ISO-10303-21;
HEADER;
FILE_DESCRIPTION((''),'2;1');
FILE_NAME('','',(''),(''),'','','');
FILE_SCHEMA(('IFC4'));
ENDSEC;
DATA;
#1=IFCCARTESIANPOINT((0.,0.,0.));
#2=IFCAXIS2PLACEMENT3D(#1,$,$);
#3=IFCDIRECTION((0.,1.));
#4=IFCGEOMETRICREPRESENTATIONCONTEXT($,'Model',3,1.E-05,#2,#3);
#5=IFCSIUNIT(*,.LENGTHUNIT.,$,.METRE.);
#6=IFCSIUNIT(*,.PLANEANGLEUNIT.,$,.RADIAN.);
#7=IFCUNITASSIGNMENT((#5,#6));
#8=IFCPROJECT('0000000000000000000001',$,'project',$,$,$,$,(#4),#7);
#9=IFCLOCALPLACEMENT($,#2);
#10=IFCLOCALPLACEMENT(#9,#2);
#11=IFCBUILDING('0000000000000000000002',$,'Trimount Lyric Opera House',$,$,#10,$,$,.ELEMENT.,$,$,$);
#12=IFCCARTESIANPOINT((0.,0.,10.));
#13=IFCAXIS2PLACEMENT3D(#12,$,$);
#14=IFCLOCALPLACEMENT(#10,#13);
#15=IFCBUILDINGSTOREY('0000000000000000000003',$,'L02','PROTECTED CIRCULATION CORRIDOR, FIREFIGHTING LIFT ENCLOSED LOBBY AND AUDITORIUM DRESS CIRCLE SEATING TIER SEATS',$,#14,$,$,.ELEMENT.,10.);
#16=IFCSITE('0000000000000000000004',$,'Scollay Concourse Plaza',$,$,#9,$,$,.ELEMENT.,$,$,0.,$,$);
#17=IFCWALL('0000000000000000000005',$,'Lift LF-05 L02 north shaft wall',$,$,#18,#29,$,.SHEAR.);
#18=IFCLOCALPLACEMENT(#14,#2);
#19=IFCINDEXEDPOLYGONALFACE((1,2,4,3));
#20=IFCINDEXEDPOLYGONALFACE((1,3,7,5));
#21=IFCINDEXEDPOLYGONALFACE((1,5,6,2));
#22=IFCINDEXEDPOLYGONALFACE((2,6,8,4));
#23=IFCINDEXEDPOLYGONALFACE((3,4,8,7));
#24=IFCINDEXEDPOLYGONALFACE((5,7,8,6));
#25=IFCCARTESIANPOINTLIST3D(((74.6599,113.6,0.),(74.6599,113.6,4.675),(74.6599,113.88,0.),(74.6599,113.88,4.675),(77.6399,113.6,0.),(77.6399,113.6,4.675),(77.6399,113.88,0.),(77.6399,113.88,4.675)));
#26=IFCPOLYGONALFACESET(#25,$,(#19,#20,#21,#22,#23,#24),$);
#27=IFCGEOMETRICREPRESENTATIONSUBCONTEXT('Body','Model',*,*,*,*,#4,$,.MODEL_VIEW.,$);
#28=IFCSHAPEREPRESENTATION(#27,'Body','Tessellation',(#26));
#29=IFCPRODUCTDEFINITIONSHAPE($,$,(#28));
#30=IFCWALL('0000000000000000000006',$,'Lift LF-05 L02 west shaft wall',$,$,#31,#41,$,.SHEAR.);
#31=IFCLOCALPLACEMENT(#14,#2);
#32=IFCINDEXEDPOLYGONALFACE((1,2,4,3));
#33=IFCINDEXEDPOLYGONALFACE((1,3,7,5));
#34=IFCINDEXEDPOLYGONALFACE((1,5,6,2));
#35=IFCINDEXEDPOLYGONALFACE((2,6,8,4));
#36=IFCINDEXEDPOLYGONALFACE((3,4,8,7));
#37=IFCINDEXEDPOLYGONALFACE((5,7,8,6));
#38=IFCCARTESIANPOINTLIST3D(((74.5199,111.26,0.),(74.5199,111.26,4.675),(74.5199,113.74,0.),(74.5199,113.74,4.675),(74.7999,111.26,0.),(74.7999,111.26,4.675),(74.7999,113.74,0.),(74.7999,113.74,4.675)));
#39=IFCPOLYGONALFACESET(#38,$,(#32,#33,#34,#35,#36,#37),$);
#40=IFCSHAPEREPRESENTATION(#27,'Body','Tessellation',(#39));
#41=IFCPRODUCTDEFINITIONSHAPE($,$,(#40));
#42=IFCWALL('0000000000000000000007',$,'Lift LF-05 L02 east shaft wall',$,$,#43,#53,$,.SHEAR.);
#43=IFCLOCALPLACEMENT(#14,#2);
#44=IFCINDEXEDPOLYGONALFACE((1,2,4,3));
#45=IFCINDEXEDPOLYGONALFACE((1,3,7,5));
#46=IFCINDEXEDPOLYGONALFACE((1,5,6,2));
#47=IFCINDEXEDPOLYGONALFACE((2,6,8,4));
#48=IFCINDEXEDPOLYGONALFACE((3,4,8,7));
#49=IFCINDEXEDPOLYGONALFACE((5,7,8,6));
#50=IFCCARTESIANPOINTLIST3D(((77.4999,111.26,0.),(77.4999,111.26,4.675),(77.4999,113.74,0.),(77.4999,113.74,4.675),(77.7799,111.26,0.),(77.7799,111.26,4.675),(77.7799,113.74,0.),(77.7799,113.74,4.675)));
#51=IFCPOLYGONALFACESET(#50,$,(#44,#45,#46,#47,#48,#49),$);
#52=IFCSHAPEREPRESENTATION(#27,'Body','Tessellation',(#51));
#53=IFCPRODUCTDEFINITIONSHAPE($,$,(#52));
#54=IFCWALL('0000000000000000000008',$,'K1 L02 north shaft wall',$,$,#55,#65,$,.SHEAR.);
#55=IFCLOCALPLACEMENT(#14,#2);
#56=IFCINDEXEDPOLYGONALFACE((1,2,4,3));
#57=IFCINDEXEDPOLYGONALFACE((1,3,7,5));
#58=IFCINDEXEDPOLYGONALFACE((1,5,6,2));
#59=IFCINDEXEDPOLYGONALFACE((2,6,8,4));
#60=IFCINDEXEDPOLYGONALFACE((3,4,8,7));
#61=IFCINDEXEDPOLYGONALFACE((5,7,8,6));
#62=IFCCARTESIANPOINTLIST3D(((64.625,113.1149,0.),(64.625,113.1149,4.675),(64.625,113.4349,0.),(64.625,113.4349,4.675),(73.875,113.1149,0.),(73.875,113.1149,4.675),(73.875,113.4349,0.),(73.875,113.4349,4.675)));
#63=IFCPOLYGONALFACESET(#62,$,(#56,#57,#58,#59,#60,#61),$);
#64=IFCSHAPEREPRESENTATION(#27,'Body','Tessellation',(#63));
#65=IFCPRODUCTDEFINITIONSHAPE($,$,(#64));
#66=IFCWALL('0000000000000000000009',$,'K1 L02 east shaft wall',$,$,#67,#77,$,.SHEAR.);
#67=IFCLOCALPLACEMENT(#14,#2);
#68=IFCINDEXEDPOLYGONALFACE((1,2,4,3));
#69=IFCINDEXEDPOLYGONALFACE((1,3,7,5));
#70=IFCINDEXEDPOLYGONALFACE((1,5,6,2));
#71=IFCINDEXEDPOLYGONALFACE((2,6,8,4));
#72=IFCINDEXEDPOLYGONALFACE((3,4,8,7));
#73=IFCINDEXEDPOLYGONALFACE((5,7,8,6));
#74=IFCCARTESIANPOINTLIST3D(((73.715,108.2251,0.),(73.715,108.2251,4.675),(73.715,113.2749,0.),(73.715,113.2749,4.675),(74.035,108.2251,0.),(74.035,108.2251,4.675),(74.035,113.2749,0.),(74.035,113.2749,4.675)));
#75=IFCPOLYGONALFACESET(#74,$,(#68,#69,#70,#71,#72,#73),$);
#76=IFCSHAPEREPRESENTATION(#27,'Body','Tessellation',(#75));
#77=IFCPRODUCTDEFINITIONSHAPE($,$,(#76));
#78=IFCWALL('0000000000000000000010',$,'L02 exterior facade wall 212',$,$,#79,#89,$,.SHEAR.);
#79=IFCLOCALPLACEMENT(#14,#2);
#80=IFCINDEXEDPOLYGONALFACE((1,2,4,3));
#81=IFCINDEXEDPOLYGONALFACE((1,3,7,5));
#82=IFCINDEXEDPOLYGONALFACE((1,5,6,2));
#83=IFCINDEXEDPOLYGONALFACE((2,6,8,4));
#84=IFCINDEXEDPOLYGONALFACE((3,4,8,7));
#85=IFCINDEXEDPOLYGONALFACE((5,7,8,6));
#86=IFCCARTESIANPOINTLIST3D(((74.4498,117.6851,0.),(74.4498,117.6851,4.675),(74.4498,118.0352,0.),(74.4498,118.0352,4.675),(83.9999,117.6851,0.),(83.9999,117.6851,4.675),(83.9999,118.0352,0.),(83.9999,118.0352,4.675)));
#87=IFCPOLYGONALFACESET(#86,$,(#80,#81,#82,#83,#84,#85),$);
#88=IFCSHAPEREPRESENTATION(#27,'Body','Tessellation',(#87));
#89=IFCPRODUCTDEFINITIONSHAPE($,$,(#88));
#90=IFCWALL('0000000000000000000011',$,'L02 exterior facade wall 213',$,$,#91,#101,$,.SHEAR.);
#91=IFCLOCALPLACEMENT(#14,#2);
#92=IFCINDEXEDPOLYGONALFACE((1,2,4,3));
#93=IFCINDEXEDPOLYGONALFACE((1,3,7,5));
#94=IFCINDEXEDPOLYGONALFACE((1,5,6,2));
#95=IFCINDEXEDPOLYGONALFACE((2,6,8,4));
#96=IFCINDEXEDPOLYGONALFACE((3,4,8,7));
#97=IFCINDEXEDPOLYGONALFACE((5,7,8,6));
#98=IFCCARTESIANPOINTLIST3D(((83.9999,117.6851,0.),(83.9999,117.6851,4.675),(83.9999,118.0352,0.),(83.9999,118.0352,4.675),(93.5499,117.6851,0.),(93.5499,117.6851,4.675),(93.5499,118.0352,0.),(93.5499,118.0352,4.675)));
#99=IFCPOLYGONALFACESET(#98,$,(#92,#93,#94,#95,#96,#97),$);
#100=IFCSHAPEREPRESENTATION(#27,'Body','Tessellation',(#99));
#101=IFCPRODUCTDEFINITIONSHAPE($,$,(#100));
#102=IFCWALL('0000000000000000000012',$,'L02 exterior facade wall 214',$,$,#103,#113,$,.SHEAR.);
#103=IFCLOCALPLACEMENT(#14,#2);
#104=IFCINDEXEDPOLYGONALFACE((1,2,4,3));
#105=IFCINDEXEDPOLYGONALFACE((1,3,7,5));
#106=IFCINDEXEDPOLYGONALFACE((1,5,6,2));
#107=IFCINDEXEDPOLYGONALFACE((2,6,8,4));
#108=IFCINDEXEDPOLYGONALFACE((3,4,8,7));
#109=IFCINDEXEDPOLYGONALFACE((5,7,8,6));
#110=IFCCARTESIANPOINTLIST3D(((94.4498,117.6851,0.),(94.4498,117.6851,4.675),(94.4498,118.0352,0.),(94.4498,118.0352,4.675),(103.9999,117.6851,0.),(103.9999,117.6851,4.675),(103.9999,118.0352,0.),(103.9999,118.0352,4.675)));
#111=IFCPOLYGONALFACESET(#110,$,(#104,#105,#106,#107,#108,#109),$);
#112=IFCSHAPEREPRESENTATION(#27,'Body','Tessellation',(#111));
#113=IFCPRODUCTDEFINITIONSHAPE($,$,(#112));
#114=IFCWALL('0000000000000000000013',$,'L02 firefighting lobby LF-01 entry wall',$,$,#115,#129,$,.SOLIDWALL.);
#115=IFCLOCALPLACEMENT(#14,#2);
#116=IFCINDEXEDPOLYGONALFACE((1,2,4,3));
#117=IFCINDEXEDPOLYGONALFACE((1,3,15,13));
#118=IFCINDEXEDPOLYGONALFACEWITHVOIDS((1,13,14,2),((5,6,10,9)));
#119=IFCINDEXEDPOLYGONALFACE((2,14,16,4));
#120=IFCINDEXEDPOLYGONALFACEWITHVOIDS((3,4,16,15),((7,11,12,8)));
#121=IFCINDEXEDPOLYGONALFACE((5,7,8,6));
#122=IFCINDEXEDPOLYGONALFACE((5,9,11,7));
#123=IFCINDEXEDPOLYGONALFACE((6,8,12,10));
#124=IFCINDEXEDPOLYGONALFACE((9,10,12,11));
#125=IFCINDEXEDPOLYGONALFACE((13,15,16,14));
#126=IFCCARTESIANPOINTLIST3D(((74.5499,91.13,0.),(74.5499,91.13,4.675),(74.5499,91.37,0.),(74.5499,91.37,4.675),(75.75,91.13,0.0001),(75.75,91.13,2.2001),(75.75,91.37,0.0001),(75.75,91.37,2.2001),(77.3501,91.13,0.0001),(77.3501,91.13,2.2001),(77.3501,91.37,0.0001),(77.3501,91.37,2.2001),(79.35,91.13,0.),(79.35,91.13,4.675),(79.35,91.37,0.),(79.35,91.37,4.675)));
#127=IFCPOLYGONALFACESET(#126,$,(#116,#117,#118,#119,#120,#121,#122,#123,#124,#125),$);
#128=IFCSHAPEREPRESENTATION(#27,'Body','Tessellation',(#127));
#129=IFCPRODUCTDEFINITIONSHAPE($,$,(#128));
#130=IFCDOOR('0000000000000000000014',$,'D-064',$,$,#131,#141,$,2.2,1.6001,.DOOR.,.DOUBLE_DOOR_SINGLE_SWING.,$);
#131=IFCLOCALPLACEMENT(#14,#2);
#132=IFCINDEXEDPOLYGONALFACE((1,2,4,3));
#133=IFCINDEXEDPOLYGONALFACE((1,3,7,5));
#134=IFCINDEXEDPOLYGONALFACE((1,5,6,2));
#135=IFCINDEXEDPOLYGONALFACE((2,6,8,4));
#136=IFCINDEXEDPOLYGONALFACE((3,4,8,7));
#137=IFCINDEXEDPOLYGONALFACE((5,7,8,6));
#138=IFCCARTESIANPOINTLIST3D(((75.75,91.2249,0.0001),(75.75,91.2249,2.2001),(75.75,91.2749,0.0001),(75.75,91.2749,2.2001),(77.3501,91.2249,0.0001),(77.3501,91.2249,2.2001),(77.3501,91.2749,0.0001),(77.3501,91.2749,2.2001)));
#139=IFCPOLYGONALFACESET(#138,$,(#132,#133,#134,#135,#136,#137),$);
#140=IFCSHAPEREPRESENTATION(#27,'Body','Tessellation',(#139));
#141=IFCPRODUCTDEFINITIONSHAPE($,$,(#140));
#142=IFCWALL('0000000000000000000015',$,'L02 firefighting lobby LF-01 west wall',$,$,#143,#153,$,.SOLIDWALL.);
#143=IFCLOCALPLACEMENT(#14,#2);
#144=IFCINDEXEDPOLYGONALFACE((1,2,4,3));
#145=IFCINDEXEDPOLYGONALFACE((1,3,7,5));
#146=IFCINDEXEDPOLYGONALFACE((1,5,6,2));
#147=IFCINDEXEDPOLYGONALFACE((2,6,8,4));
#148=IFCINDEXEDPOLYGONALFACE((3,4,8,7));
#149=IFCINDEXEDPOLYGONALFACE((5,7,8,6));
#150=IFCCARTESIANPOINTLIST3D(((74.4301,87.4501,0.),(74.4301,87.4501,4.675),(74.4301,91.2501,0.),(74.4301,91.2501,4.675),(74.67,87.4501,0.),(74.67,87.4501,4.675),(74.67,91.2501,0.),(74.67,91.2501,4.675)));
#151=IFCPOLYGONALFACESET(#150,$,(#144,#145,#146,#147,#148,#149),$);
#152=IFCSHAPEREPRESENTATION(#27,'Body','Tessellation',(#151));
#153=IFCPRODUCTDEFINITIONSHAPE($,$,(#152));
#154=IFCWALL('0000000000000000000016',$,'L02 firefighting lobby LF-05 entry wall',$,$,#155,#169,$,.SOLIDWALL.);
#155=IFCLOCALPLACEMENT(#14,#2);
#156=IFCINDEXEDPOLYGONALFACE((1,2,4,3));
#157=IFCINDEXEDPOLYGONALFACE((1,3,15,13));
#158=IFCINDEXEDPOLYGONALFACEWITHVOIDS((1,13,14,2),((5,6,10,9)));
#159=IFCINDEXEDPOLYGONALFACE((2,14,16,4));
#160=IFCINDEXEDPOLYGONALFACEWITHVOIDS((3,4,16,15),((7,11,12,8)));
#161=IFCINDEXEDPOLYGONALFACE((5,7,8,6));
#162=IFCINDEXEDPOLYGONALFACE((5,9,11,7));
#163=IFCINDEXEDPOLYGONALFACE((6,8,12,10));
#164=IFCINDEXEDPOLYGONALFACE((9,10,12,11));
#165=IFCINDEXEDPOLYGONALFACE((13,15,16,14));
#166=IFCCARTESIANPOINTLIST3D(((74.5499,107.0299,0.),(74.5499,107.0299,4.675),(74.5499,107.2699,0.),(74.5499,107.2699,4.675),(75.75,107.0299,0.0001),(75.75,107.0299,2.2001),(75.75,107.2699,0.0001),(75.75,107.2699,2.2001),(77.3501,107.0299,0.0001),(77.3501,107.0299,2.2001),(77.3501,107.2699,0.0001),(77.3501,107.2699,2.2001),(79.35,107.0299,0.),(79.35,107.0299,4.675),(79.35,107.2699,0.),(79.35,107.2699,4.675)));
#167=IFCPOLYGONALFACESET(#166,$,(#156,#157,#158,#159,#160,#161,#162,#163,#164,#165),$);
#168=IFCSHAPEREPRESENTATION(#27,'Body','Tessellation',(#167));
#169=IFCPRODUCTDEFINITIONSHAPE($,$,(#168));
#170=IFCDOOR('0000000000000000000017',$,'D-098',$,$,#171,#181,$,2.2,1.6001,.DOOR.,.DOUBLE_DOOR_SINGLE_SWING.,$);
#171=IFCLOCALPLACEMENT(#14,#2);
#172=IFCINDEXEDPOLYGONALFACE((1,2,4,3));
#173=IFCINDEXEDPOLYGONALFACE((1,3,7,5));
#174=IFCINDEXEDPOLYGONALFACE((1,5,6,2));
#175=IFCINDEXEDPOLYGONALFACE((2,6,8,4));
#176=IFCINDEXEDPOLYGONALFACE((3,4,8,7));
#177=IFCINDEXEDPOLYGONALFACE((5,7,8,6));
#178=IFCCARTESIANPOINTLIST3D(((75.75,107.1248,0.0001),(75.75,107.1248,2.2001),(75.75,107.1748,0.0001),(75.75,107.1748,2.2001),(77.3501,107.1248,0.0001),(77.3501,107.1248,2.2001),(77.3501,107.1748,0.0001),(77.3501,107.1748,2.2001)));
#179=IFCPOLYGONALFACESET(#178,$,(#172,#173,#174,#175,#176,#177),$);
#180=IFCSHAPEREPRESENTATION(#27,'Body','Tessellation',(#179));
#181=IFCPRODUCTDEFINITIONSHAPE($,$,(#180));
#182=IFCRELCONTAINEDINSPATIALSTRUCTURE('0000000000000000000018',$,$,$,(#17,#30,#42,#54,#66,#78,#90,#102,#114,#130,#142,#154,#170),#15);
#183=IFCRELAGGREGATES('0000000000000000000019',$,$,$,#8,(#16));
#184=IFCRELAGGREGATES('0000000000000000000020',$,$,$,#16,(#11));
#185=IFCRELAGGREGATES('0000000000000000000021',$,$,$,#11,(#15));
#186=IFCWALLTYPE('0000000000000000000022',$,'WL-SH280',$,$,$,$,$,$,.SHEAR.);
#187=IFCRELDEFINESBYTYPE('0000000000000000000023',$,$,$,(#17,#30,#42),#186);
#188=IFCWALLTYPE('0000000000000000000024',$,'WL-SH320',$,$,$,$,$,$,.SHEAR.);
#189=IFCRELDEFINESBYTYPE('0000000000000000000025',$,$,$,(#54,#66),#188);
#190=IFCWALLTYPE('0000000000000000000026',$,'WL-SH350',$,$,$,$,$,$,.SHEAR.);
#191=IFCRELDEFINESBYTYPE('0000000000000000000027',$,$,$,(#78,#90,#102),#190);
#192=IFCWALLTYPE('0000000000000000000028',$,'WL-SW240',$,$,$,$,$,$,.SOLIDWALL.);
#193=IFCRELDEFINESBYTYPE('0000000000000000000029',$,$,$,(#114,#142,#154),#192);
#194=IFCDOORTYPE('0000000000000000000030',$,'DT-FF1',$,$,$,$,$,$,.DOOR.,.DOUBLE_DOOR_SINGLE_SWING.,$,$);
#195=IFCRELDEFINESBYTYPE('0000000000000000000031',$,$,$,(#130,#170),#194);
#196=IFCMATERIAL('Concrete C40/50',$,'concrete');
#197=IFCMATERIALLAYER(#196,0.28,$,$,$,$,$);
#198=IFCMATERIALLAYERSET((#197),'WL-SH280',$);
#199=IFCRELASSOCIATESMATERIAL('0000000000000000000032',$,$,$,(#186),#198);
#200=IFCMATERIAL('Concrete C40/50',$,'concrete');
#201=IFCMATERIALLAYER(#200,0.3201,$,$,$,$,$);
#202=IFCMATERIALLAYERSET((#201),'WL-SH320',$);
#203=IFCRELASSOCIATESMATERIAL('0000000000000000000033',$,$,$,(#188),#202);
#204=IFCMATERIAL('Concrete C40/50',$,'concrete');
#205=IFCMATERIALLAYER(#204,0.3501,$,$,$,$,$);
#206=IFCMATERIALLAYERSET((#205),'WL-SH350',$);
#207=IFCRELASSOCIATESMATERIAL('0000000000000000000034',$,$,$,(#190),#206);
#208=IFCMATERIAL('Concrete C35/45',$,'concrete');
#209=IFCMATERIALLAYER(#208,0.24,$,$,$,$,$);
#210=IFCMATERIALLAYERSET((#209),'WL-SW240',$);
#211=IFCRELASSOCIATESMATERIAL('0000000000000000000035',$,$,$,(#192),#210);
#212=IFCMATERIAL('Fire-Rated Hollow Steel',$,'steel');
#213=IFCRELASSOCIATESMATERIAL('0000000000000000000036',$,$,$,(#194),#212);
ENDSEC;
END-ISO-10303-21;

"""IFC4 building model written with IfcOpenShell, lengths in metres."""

from ifc_helpers import new_model, si_unit, direction, frame, frame_2d, origin, place, context, subcontext, project, spatial, rectangle, extrude, material, layer, layer_set, type_object, element, fill, save


model = new_model("IFC4")

# Units and contexts
model_context = context("Model", 3, precision=1e-05, world=origin(), true_north=direction((0.0, 1.0)))
body_context = subcontext(model_context, "Body", "Model", "MODEL_VIEW")
ifc_project = project(units=[si_unit("LENGTHUNIT", "METRE"), si_unit("PLANEANGLEUNIT", "RADIAN")], contexts=[model_context])

# Site, building, storey
site_placement = place(None, origin())
site = spatial("IfcSite", under=ifc_project, at=site_placement, Name="Scollay Concourse Plaza", CompositionType="ELEMENT", RefElevation=0.0)
building_placement = place(site_placement, origin())
building = spatial("IfcBuilding", under=site, at=building_placement, Name="Trimount Lyric Opera House", CompositionType="ELEMENT")
storey_placement = place(building_placement, frame((0.0, 0.0, 10.0)))
storey = spatial("IfcBuildingStorey", under=building, at=storey_placement, Name="L02", Description="PROTECTED CIRCULATION CORRIDOR, FIREFIGHTING LIFT ENCLOSED LOBBY AND AUDITORIUM DRESS CIRCLE SEATING TIER SEATS", CompositionType="ELEMENT", Elevation=10.0)

# Shared definitions
ifc_material_1 = material(Name="Concrete C40/50", Category="concrete")
ifc_layer_1 = layer(ifc_material_1, 0.28)
ifc_layer_set_1 = layer_set([ifc_layer_1], Name="WL-SH280")
wall_type_1 = type_object("IfcWallType", Name="WL-SH280", PredefinedType="SHEAR", material=ifc_layer_set_1)

# Walls
wall_1_placement = place(storey_placement, frame((77.6399, 113.74, 0.0), z_axis=(0.0, 0.0, 1.0), x_axis=(-1.0, 0.0, 0.0)))
element("IfcWall", 1, at=wall_1_placement, inside=storey, type_object=wall_type_1, Name="Lift LF-05 L02 north shaft wall", PredefinedType="SHEAR", context=body_context, shape_type="SweptSolid", body=[
    extrude(rectangle(XDim=2.98, YDim=0.28, at=frame_2d((1.49, 0.0))), origin(), (0.0, 0.0, 1.0), 4.675),
])
for number, where, z_axis, x_axis, name in (
    (2, (74.6599, 113.74, 0.0), (0.0, 0.0, 1.0), (0.0, -1.0, 0.0), "Lift LF-05 L02 west shaft wall"),
    (3, (77.6399, 111.26, 0.0), (0.0, 0.0, 1.0), (0.0, 1.0, 0.0), "Lift LF-05 L02 east shaft wall"),
):
    element("IfcWall", number, at=place(storey_placement, frame(where, z_axis=z_axis, x_axis=x_axis)), inside=storey, type_object=wall_type_1, Name=name, PredefinedType="SHEAR", context=body_context, shape_type="SweptSolid", body=[
        extrude(rectangle(XDim=2.48, YDim=0.28, at=frame_2d((1.24, 0.0))), origin(), (0.0, 0.0, 1.0), 4.675),
    ])
ifc_material_2 = material(Name="Concrete C40/50", Category="concrete")
ifc_layer_2 = layer(ifc_material_2, 0.3201)
ifc_layer_set_2 = layer_set([ifc_layer_2], Name="WL-SH320")
wall_type_2 = type_object("IfcWallType", Name="WL-SH320", PredefinedType="SHEAR", material=ifc_layer_set_2)
wall_2_placement = place(storey_placement, frame((73.875, 113.2749, 0.0), z_axis=(0.0, 0.0, 1.0), x_axis=(-1.0, 0.0, 0.0)))
element("IfcWall", 4, at=wall_2_placement, inside=storey, type_object=wall_type_2, Name="K1 L02 north shaft wall", PredefinedType="SHEAR", context=body_context, shape_type="SweptSolid", body=[
    extrude(rectangle(XDim=9.25, YDim=0.3201, at=frame_2d((4.625, 0.0))), origin(), (0.0, 0.0, 1.0), 4.675),
])
wall_3_placement = place(storey_placement, frame((73.875, 108.2251, 0.0), z_axis=(0.0, 0.0, 1.0), x_axis=(0.0, 1.0, 0.0)))
element("IfcWall", 5, at=wall_3_placement, inside=storey, type_object=wall_type_2, Name="K1 L02 east shaft wall", PredefinedType="SHEAR", context=body_context, shape_type="SweptSolid", body=[
    extrude(rectangle(XDim=5.0498, YDim=0.3201, at=frame_2d((2.5249, 0.0))), origin(), (0.0, 0.0, 1.0), 4.675),
])
ifc_material_3 = material(Name="Concrete C40/50", Category="concrete")
ifc_layer_3 = layer(ifc_material_3, 0.3501)
ifc_layer_set_3 = layer_set([ifc_layer_3], Name="WL-SH350")
wall_type_3 = type_object("IfcWallType", Name="WL-SH350", PredefinedType="SHEAR", material=ifc_layer_set_3)
for number, where, z_axis, x_axis, name in (
    (6, (74.45, 117.8601, 0.0), (0.0, 0.0, 1.0), (1.0, 0.0, 0.0), "L02 exterior facade wall 212"),
    (7, (84.0, 117.8601, 0.0), (0.0, 0.0, 1.0), (1.0, 0.0, 0.0), "L02 exterior facade wall 213"),
    (8, (94.45, 117.8601, 0.0), (0.0, 0.0, 1.0), (1.0, 0.0, 0.0), "L02 exterior facade wall 214"),
):
    element("IfcWall", number, at=place(storey_placement, frame(where, z_axis=z_axis, x_axis=x_axis)), inside=storey, type_object=wall_type_3, Name=name, PredefinedType="SHEAR", context=body_context, shape_type="SweptSolid", body=[
        extrude(rectangle(XDim=9.55, YDim=0.3501, at=frame_2d((4.7749, 0.0))), origin(), (0.0, 0.0, 1.0), 4.675),
    ])

# Wall, opening, door
ifc_material_4 = material(Name="Concrete C35/45", Category="concrete")
ifc_layer_4 = layer(ifc_material_4, 0.24)
ifc_layer_set_4 = layer_set([ifc_layer_4], Name="WL-SW240")
wall_type_4 = type_object("IfcWallType", Name="WL-SW240", PredefinedType="SOLIDWALL", material=ifc_layer_set_4)
wall_4_placement = place(storey_placement, frame((74.55, 91.25, 0.0), z_axis=(0.0, 0.0, 1.0), x_axis=(1.0, 0.0, 0.0)))
wall_4 = element("IfcWall", 9, at=wall_4_placement, inside=storey, type_object=wall_type_4, Name="L02 firefighting lobby LF-01 entry wall", PredefinedType="SOLIDWALL", context=body_context, shape_type="SweptSolid", body=[
    extrude(rectangle(XDim=4.8, YDim=0.24, at=frame_2d((2.3999, 0.0))), origin(), (0.0, 0.0, 1.0), 4.675),
])
opening_1_placement = place(wall_4_placement, frame((1.2, 0.0, 0.0)))
opening_1 = element("IfcOpeningElement", 10, at=opening_1_placement, cuts=wall_4, PredefinedType="OPENING", context=body_context, shape_type="SweptSolid", body=[
    extrude(rectangle(XDim=1.6001, YDim=2.2, at=frame_2d((0.8, 1.1001))), frame((0.0, 0.1299, 0.0), z_axis=(0.0, -1.0, 0.0), x_axis=(1.0, 0.0, 0.0)), (0.0, 0.0, 1.0), 0.26),
])
ifc_material_5 = material(Name="Fire-Rated Hollow Steel", Category="steel")
door_type_1 = type_object("IfcDoorType", Name="DT-FF1", OperationType="DOUBLE_DOOR_SINGLE_SWING", PredefinedType="DOOR", material=ifc_material_5)
door_1_placement = place(opening_1_placement, origin())
door_1 = element("IfcDoor", 11, at=door_1_placement, inside=storey, type_object=door_type_1, Name="D-064", OperationType="DOUBLE_DOOR_SINGLE_SWING", OverallHeight=2.2, OverallWidth=1.6001, PredefinedType="DOOR", context=body_context, shape_type="SweptSolid", body=[
    extrude(rectangle(XDim=1.6001, YDim=2.2, at=frame_2d((0.8, 1.1001))), frame((0.0, 0.0249, 0.0), z_axis=(0.0, -1.0, 0.0), x_axis=(1.0, 0.0, 0.0)), (0.0, 0.0, 1.0), 0.05),
])
fill(opening_1, door_1)

# Wall
wall_5_placement = place(storey_placement, frame((74.55, 91.25, 0.0), z_axis=(0.0, 0.0, 1.0), x_axis=(0.0, -1.0, 0.0)))
element("IfcWall", 12, at=wall_5_placement, inside=storey, type_object=wall_type_4, Name="L02 firefighting lobby LF-01 west wall", PredefinedType="SOLIDWALL", context=body_context, shape_type="SweptSolid", body=[
    extrude(rectangle(XDim=3.8, YDim=0.24, at=frame_2d((1.8999, 0.0))), origin(), (0.0, 0.0, 1.0), 4.675),
])

# Wall, opening, door
wall_6_placement = place(storey_placement, frame((74.55, 107.1499, 0.0), z_axis=(0.0, 0.0, 1.0), x_axis=(1.0, 0.0, 0.0)))
wall_6 = element("IfcWall", 13, at=wall_6_placement, inside=storey, type_object=wall_type_4, Name="L02 firefighting lobby LF-05 entry wall", PredefinedType="SOLIDWALL", context=body_context, shape_type="SweptSolid", body=[
    extrude(rectangle(XDim=4.8, YDim=0.24, at=frame_2d((2.3999, 0.0))), origin(), (0.0, 0.0, 1.0), 4.675),
])
opening_2_placement = place(wall_6_placement, frame((1.2, 0.0, 0.0)))
opening_2 = element("IfcOpeningElement", 14, at=opening_2_placement, cuts=wall_6, PredefinedType="OPENING", context=body_context, shape_type="SweptSolid", body=[
    extrude(rectangle(XDim=1.6001, YDim=2.2, at=frame_2d((0.8, 1.1001))), frame((0.0, 0.1299, 0.0), z_axis=(0.0, -1.0, 0.0), x_axis=(1.0, 0.0, 0.0)), (0.0, 0.0, 1.0), 0.26),
])
door_2_placement = place(opening_2_placement, origin())
door_2 = element("IfcDoor", 15, at=door_2_placement, inside=storey, type_object=door_type_1, Name="D-098", OperationType="DOUBLE_DOOR_SINGLE_SWING", OverallHeight=2.2, OverallWidth=1.6001, PredefinedType="DOOR", context=body_context, shape_type="SweptSolid", body=[
    extrude(rectangle(XDim=1.6001, YDim=2.2, at=frame_2d((0.8, 1.1001))), frame((0.0, 0.0249, 0.0), z_axis=(0.0, -1.0, 0.0), x_axis=(1.0, 0.0, 0.0)), (0.0, 0.0, 1.0), 0.05),
])
fill(opening_2, door_2)

save(model, "model.ifc")
